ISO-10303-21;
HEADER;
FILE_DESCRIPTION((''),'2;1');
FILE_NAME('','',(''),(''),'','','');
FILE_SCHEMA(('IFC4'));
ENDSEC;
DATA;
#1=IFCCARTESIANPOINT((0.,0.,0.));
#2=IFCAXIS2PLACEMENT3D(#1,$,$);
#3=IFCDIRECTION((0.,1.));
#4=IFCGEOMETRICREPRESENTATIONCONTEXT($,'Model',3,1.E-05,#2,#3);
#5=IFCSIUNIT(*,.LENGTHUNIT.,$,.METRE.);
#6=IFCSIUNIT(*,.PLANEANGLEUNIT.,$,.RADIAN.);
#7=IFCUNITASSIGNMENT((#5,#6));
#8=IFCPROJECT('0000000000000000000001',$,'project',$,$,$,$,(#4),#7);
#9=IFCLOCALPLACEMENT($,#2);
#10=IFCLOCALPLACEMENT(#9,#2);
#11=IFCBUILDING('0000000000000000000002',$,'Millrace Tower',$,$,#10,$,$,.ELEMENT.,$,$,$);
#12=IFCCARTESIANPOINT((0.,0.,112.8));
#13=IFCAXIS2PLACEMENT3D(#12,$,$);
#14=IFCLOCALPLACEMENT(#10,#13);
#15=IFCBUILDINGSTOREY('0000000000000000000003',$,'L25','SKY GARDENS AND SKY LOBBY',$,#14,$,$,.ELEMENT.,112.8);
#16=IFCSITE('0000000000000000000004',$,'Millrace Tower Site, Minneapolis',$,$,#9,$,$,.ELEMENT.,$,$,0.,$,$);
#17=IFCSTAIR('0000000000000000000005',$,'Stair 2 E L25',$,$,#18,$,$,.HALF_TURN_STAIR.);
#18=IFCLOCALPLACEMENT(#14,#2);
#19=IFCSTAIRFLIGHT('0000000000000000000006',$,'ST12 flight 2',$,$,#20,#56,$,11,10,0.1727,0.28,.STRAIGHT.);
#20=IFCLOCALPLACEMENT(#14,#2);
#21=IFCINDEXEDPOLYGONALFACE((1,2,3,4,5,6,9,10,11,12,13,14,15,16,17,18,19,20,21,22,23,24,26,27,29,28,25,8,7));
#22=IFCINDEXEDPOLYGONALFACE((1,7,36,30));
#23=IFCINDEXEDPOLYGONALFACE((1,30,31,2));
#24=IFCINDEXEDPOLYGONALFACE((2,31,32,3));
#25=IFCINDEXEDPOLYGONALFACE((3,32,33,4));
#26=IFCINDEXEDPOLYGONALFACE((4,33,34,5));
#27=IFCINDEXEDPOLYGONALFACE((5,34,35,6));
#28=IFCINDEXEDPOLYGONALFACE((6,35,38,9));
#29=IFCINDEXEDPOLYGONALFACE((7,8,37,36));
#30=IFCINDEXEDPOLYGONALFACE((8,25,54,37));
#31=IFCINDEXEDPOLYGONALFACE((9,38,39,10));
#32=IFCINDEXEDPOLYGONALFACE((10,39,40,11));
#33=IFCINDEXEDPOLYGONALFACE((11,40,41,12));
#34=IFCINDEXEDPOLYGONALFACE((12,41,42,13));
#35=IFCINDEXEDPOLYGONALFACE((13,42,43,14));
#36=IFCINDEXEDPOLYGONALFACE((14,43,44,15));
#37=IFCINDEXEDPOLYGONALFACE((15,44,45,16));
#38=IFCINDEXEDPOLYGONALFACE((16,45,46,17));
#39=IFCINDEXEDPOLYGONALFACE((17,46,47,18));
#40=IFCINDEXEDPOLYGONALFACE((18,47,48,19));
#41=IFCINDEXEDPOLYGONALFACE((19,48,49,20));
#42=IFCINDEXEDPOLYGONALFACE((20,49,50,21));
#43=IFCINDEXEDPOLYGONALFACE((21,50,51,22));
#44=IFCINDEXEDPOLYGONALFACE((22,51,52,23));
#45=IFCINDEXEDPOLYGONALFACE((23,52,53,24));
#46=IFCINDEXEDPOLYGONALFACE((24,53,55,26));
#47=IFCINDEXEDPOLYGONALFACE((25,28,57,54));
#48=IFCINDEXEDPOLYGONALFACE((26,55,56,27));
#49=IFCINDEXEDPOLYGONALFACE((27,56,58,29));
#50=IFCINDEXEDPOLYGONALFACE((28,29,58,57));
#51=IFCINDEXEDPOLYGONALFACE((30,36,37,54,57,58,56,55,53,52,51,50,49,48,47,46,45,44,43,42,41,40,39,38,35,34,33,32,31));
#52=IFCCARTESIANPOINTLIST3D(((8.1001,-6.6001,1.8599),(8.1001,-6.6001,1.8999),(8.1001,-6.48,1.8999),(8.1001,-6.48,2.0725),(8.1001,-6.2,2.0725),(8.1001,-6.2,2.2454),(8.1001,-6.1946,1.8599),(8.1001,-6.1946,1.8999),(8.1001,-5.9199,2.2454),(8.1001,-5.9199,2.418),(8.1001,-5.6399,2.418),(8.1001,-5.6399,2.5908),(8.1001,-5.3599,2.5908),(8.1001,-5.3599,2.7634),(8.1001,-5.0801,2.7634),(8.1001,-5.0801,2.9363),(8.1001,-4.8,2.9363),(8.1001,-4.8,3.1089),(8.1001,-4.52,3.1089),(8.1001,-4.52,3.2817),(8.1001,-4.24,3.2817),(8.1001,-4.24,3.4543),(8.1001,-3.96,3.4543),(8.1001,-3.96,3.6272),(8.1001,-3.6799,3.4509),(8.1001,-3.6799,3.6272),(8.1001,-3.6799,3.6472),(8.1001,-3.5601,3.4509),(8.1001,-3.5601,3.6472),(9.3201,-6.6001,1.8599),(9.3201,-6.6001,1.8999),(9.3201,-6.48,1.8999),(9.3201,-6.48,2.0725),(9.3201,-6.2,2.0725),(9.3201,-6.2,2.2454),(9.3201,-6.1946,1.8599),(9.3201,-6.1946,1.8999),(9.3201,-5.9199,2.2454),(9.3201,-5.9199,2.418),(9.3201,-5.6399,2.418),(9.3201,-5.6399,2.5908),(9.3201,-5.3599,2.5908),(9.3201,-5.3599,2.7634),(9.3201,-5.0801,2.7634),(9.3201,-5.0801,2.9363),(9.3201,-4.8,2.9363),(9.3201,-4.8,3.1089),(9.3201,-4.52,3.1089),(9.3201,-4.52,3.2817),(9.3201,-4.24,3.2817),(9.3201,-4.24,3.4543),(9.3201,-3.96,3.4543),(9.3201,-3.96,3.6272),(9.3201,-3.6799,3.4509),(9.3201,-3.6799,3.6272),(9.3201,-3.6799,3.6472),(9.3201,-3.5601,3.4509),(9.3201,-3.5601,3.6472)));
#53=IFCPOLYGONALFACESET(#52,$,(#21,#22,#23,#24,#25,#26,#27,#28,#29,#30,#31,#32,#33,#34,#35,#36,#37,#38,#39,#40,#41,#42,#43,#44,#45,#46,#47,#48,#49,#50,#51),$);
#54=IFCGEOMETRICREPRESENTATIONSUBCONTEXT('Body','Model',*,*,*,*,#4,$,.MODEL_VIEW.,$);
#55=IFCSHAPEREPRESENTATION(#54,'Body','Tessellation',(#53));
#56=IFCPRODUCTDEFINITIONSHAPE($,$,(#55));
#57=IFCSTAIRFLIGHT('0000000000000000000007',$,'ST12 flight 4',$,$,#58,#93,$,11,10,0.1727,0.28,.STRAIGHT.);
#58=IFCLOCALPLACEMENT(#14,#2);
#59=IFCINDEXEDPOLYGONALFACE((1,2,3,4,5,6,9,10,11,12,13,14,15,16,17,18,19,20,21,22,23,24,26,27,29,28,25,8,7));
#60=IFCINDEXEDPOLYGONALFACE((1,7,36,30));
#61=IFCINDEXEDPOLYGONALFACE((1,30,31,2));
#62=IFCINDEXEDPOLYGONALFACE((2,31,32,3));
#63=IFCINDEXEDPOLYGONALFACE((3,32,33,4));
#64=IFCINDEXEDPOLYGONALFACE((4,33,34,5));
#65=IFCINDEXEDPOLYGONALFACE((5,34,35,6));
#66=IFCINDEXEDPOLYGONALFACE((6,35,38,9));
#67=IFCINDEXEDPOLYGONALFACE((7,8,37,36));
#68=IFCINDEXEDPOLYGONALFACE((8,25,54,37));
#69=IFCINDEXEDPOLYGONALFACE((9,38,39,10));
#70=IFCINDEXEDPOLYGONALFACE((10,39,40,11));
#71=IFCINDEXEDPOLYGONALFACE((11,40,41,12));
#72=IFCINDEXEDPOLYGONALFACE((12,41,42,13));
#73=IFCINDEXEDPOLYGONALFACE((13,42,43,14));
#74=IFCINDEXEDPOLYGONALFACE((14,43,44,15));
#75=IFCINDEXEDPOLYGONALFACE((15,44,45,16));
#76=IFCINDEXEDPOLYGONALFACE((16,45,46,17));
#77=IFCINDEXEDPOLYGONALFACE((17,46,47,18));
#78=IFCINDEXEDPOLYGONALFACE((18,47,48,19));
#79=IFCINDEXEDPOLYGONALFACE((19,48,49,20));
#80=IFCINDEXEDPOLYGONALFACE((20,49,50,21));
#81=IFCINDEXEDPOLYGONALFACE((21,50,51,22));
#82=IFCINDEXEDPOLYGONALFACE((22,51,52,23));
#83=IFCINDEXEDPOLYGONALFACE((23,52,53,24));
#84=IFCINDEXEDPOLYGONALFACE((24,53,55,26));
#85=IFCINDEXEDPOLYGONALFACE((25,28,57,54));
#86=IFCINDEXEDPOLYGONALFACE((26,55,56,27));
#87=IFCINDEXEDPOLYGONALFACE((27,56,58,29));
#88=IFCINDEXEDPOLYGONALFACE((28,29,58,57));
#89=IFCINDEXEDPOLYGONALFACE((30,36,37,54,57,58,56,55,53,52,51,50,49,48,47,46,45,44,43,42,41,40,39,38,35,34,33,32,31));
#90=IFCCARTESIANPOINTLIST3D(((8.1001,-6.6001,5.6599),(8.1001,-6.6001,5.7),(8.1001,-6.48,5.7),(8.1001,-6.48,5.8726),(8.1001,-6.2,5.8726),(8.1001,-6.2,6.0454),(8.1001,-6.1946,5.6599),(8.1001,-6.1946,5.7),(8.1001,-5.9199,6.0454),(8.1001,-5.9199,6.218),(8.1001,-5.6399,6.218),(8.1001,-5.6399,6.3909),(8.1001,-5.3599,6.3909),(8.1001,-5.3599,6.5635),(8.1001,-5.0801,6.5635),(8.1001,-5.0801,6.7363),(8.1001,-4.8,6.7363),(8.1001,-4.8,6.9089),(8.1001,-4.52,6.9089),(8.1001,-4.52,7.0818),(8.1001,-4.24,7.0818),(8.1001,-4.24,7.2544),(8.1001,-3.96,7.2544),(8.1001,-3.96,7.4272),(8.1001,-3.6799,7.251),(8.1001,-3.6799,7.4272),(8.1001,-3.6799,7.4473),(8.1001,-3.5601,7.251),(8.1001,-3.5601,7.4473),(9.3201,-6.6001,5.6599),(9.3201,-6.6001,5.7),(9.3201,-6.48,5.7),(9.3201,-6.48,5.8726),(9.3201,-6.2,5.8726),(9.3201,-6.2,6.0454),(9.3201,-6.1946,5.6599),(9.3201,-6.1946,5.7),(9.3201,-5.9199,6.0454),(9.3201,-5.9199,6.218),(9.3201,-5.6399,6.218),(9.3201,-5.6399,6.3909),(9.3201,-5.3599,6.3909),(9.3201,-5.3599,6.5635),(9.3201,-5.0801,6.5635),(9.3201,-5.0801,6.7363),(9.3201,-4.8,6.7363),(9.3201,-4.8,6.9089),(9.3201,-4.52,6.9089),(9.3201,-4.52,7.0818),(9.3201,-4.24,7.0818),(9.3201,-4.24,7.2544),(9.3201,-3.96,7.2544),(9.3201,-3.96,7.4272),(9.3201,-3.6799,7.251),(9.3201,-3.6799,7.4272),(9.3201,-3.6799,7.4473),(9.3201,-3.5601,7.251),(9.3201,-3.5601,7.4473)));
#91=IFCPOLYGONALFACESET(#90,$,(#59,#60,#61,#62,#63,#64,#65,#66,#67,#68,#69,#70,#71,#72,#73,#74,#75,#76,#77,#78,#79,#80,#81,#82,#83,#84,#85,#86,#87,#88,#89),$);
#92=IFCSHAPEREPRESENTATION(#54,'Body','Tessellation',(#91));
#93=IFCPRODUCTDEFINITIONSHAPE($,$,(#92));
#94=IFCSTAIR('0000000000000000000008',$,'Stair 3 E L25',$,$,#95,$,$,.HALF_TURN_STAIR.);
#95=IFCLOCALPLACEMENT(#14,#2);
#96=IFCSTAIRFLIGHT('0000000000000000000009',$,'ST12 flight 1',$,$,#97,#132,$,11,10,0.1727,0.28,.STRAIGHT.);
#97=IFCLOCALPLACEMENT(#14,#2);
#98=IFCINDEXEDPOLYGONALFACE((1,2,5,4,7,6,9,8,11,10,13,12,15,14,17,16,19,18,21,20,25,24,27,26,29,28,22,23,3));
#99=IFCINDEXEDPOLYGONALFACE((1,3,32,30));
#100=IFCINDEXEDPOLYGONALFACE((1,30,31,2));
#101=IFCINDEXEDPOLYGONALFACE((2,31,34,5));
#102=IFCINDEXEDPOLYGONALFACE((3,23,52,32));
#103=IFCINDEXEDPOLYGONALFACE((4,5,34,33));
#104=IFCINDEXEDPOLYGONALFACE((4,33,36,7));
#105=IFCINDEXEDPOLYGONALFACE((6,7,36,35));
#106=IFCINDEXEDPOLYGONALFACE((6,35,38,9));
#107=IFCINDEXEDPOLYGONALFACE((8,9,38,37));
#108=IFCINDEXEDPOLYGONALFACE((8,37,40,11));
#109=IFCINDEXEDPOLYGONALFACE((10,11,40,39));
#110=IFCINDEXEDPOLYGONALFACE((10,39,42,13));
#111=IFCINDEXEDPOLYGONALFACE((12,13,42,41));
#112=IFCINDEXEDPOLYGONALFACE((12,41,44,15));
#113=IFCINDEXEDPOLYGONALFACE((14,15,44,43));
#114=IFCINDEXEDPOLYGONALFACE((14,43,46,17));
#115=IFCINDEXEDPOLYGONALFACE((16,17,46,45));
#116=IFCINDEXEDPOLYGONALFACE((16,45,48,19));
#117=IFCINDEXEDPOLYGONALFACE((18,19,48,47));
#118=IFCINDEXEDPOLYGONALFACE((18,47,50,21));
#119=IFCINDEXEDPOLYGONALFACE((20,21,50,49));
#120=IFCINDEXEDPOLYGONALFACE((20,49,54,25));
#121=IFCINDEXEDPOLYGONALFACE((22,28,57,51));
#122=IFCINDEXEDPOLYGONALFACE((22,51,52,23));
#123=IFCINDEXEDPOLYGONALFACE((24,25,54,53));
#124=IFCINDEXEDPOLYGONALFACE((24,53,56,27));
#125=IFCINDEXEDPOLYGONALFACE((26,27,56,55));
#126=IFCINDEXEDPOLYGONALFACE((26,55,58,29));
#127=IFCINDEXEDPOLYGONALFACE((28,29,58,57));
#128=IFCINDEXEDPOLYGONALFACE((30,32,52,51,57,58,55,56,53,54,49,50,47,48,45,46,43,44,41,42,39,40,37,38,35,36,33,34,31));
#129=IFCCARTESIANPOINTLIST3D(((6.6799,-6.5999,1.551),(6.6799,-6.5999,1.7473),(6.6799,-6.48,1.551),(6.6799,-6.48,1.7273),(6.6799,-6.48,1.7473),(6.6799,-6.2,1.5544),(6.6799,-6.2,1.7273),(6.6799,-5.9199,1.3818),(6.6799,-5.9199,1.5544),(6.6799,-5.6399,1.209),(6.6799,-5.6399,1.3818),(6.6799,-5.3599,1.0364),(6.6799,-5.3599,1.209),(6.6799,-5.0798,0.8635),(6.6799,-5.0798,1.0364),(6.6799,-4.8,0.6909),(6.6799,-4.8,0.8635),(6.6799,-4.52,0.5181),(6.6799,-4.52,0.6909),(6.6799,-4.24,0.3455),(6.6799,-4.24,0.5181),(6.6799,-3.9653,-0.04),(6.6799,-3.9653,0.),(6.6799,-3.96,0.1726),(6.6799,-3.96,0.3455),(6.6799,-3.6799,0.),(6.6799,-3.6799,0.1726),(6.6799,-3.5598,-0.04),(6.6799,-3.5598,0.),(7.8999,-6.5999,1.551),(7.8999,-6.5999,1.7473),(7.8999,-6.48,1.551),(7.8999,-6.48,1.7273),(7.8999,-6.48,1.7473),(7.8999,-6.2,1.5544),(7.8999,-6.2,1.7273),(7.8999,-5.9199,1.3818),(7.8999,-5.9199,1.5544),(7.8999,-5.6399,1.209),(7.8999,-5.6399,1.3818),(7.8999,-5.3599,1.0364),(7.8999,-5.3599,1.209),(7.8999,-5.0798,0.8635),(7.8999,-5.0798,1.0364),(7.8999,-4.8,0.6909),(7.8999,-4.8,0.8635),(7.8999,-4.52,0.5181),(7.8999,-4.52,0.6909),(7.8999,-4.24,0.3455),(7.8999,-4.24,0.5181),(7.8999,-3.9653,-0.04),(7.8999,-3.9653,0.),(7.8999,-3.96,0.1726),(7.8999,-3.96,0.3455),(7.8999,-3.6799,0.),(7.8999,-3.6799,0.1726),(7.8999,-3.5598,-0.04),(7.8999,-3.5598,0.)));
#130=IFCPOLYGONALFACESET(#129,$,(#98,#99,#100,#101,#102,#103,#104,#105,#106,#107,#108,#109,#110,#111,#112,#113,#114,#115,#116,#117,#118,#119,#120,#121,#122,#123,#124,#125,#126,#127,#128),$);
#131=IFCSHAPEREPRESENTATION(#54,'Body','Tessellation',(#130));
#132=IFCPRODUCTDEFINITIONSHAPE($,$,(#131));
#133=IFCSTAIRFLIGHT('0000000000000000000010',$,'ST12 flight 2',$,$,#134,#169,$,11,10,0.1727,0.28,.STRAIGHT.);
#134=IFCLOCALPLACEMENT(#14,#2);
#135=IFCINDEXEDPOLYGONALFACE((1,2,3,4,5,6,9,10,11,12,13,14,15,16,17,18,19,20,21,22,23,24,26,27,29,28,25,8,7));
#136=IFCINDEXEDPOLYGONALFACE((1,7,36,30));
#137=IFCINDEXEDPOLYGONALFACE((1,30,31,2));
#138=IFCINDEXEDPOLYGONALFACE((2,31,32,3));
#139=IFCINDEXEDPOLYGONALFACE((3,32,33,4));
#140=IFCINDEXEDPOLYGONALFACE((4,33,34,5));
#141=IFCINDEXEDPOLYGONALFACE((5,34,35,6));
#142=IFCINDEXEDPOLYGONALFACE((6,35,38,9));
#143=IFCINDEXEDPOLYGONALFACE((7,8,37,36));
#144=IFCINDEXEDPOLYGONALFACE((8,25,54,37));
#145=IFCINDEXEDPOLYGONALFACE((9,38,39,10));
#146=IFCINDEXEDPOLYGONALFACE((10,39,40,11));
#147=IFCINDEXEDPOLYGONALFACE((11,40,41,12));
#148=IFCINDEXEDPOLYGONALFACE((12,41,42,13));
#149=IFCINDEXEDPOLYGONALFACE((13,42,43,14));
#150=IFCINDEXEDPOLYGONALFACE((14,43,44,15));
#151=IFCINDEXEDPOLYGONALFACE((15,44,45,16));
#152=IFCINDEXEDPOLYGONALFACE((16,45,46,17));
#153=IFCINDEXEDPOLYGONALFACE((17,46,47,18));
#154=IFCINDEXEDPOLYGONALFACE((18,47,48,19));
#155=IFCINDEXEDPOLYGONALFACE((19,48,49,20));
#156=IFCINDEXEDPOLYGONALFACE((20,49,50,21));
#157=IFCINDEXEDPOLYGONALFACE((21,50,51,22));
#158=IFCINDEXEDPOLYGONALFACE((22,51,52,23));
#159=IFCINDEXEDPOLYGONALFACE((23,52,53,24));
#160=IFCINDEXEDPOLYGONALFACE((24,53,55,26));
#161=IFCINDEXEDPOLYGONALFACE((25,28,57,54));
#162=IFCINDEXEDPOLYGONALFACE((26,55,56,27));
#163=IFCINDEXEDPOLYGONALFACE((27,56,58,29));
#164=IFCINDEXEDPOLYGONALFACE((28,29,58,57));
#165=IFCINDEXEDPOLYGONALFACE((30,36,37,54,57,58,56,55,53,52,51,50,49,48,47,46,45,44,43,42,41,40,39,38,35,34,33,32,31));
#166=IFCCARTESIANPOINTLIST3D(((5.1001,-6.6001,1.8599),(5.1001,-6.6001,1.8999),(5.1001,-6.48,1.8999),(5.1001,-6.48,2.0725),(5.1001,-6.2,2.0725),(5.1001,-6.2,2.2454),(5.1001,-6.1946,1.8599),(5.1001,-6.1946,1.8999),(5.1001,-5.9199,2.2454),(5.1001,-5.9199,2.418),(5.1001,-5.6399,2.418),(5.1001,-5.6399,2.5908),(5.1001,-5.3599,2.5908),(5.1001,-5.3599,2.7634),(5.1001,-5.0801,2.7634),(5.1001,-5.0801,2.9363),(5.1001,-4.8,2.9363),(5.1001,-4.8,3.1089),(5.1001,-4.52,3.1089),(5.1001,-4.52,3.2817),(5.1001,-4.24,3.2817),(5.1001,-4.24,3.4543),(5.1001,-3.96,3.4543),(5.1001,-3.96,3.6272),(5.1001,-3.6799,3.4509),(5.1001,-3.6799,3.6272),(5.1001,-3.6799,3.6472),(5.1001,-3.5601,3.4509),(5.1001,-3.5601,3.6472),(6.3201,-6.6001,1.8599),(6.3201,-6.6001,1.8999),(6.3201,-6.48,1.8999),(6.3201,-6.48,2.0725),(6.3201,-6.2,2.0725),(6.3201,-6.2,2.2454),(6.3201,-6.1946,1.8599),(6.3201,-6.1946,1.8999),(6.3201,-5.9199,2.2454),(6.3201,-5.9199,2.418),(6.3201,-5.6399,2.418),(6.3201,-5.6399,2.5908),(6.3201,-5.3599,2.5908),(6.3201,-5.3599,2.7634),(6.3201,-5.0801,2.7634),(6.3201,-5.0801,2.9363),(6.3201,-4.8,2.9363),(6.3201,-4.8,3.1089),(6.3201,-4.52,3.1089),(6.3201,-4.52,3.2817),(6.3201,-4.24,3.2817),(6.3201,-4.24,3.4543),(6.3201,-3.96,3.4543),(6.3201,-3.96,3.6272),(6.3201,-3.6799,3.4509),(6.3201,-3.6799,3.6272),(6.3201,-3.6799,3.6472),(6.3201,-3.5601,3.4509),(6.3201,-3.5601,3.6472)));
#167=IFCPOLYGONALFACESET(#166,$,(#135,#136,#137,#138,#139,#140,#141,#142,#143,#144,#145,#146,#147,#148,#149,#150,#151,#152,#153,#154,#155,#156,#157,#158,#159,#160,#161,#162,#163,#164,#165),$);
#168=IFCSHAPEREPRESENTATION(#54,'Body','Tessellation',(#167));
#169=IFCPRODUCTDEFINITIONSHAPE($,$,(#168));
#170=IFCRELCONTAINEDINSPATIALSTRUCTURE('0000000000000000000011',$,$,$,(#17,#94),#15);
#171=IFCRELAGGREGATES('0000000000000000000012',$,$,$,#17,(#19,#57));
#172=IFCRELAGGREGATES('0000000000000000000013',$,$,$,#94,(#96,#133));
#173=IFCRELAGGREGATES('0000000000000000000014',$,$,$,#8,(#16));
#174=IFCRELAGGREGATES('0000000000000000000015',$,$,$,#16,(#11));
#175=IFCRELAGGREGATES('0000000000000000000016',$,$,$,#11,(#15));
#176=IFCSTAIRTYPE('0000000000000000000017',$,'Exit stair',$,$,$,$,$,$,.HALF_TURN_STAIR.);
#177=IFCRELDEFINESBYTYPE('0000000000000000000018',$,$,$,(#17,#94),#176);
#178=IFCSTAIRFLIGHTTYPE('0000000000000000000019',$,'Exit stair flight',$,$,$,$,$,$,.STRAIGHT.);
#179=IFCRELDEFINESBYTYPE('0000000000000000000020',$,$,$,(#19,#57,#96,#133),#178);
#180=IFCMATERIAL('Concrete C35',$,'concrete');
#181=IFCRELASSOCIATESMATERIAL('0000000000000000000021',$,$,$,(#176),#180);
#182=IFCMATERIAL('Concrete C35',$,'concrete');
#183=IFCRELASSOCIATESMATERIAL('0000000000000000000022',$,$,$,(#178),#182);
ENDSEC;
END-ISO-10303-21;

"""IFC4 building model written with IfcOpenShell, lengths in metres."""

from ifc_helpers import new_model, si_unit, direction, frame, origin, place, context, subcontext, project, spatial, polyline, outline, extrude, material, type_object, element, aggregate, save


model = new_model("IFC4")

# Units and contexts
model_context = context("Model", 3, precision=1e-05, world=origin(), true_north=direction((0.0, 1.0)))
body_context = subcontext(model_context, "Body", "Model", "MODEL_VIEW")
ifc_project = project(units=[si_unit("LENGTHUNIT", "METRE"), si_unit("PLANEANGLEUNIT", "RADIAN")], contexts=[model_context])

# Site, building, storey
site_placement = place(None, origin())
site = spatial("IfcSite", under=ifc_project, at=site_placement, Name="Millrace Tower Site, Minneapolis", CompositionType="ELEMENT", RefElevation=0.0)
building_placement = place(site_placement, origin())
building = spatial("IfcBuilding", under=site, at=building_placement, Name="Millrace Tower", CompositionType="ELEMENT")
storey_placement = place(building_placement, frame((0.0, 0.0, 112.8)))
storey = spatial("IfcBuildingStorey", under=building, at=storey_placement, Name="L25", Description="SKY GARDENS AND SKY LOBBY", CompositionType="ELEMENT", Elevation=112.8)

# Shared definitions
placement_1 = place(storey_placement, origin())

# Stairs, stair flights
ifc_material_1 = material(Name="Concrete C35", Category="concrete")
stair_type = type_object("IfcStairType", Name="Exit stair", PredefinedType="HALF_TURN_STAIR", material=ifc_material_1)
stair_1 = element("IfcStair", 1, at=placement_1, inside=storey, type_object=stair_type, Name="Stair 2 E L25", PredefinedType="HALF_TURN_STAIR")
ifc_material_2 = material(Name="Concrete C35", Category="concrete")
stair_flight_type = type_object("IfcStairFlightType", Name="Exit stair flight", PredefinedType="STRAIGHT", material=ifc_material_2)
stair_flight_1_placement = place(storey_placement, frame((8.71, -6.48, 1.8999), z_axis=(0.0, 0.0, 1.0), x_axis=(0.0, 1.0, 0.0)))
stair_flight_1 = element("IfcStairFlight", 2, at=stair_flight_1_placement, type_object=stair_flight_type, Name="ST12 flight 2", NumberOfRisers=11, NumberOfTreads=10, PredefinedType="STRAIGHT", RiserHeight=0.1727, TreadLength=0.28, context=body_context, shape_type="SweptSolid", body=[
    extrude(outline(polyline([(-0.1201, -0.04), (-0.1201, 0.0), (0.0, 0.0), (0.0, 0.1726), (0.28, 0.1726), (0.28, 0.3455), (0.5601, 0.3455), (0.5601, 0.5181), (0.8401, 0.5181), (0.8401, 0.6909), (1.1201, 0.6909), (1.1201, 0.8635), (1.3999, 0.8635), (1.3999, 1.0364), (1.6799, 1.0364), (1.6799, 1.209), (1.96, 1.209), (1.96, 1.3818), (2.24, 1.3818), (2.24, 1.5544), (2.52, 1.5544), (2.52, 1.7273), (2.8, 1.7273), (2.8, 1.7473), (2.9199, 1.7473), (2.9199, 1.551), (2.8, 1.551), (0.2854, 0.0), (0.2854, -0.04), (-0.1201, -0.04)])), frame((0.0, 0.6099, 0.0), z_axis=(0.0, -1.0, 0.0), x_axis=(1.0, 0.0, 0.0)), (0.0, 0.0, 1.0), 1.22),
])
stair_flight_2_placement = place(storey_placement, frame((8.71, -6.48, 5.7), z_axis=(0.0, 0.0, 1.0), x_axis=(0.0, 1.0, 0.0)))
stair_flight_2 = element("IfcStairFlight", 3, at=stair_flight_2_placement, type_object=stair_flight_type, Name="ST12 flight 4", NumberOfRisers=11, NumberOfTreads=10, PredefinedType="STRAIGHT", RiserHeight=0.1727, TreadLength=0.28, context=body_context, shape_type="SweptSolid", body=[
    extrude(outline(polyline([(-0.1201, -0.04), (-0.1201, 0.0), (0.0, 0.0), (0.0, 0.1726), (0.28, 0.1726), (0.28, 0.3455), (0.5601, 0.3455), (0.5601, 0.5181), (0.8401, 0.5181), (0.8401, 0.6909), (1.1201, 0.6909), (1.1201, 0.8635), (1.3999, 0.8635), (1.3999, 1.0364), (1.6799, 1.0364), (1.6799, 1.209), (1.96, 1.209), (1.96, 1.3818), (2.24, 1.3818), (2.24, 1.5544), (2.52, 1.5544), (2.52, 1.7273), (2.8, 1.7273), (2.8, 1.7473), (2.9199, 1.7473), (2.9199, 1.551), (2.8, 1.551), (0.2854, 0.0), (0.2854, -0.04), (-0.1201, -0.04)])), frame((0.0, 0.6099, 0.0), z_axis=(0.0, -1.0, 0.0), x_axis=(1.0, 0.0, 0.0)), (0.0, 0.0, 1.0), 1.22),
])
aggregate(stair_1, [stair_flight_1, stair_flight_2])
stair_2 = element("IfcStair", 4, at=placement_1, inside=storey, type_object=stair_type, Name="Stair 3 E L25", PredefinedType="HALF_TURN_STAIR")
stair_flight_3_placement = place(storey_placement, frame((7.29, -3.6799, 0.0), z_axis=(0.0, 0.0, 1.0), x_axis=(0.0, -1.0, 0.0)))
stair_flight_3 = element("IfcStairFlight", 5, at=stair_flight_3_placement, type_object=stair_flight_type, Name="ST12 flight 1", NumberOfRisers=11, NumberOfTreads=10, PredefinedType="STRAIGHT", RiserHeight=0.1727, TreadLength=0.28, context=body_context, shape_type="SweptSolid", body=[
    extrude(outline(polyline([(-0.1201, -0.04), (-0.1201, 0.0), (0.0, 0.0), (0.0, 0.1726), (0.28, 0.1726), (0.28, 0.3455), (0.5601, 0.3455), (0.5601, 0.5181), (0.8401, 0.5181), (0.8401, 0.6909), (1.1201, 0.6909), (1.1201, 0.8635), (1.3999, 0.8635), (1.3999, 1.0364), (1.6799, 1.0364), (1.6799, 1.209), (1.96, 1.209), (1.96, 1.3818), (2.24, 1.3818), (2.24, 1.5544), (2.52, 1.5544), (2.52, 1.7273), (2.8, 1.7273), (2.8, 1.7473), (2.9199, 1.7473), (2.9199, 1.551), (2.8, 1.551), (0.2854, 0.0), (0.2854, -0.04), (-0.1201, -0.04)])), frame((0.0, 0.6099, 0.0), z_axis=(0.0, -1.0, 0.0), x_axis=(1.0, 0.0, 0.0)), (0.0, 0.0, 1.0), 1.22),
])
stair_flight_4_placement = place(storey_placement, frame((5.71, -6.48, 1.8999), z_axis=(0.0, 0.0, 1.0), x_axis=(0.0, 1.0, 0.0)))
stair_flight_4 = element("IfcStairFlight", 6, at=stair_flight_4_placement, type_object=stair_flight_type, Name="ST12 flight 2", NumberOfRisers=11, NumberOfTreads=10, PredefinedType="STRAIGHT", RiserHeight=0.1727, TreadLength=0.28, context=body_context, shape_type="SweptSolid", body=[
    extrude(outline(polyline([(-0.1201, -0.04), (-0.1201, 0.0), (0.0, 0.0), (0.0, 0.1726), (0.28, 0.1726), (0.28, 0.3455), (0.5601, 0.3455), (0.5601, 0.5181), (0.8401, 0.5181), (0.8401, 0.6909), (1.1201, 0.6909), (1.1201, 0.8635), (1.3999, 0.8635), (1.3999, 1.0364), (1.6799, 1.0364), (1.6799, 1.209), (1.96, 1.209), (1.96, 1.3818), (2.24, 1.3818), (2.24, 1.5544), (2.52, 1.5544), (2.52, 1.7273), (2.8, 1.7273), (2.8, 1.7473), (2.9199, 1.7473), (2.9199, 1.551), (2.8, 1.551), (0.2854, 0.0), (0.2854, -0.04), (-0.1201, -0.04)])), frame((0.0, 0.6099, 0.0), z_axis=(0.0, -1.0, 0.0), x_axis=(1.0, 0.0, 0.0)), (0.0, 0.0, 1.0), 1.22),
])
aggregate(stair_2, [stair_flight_3, stair_flight_4])

save(model, "model.ifc")
